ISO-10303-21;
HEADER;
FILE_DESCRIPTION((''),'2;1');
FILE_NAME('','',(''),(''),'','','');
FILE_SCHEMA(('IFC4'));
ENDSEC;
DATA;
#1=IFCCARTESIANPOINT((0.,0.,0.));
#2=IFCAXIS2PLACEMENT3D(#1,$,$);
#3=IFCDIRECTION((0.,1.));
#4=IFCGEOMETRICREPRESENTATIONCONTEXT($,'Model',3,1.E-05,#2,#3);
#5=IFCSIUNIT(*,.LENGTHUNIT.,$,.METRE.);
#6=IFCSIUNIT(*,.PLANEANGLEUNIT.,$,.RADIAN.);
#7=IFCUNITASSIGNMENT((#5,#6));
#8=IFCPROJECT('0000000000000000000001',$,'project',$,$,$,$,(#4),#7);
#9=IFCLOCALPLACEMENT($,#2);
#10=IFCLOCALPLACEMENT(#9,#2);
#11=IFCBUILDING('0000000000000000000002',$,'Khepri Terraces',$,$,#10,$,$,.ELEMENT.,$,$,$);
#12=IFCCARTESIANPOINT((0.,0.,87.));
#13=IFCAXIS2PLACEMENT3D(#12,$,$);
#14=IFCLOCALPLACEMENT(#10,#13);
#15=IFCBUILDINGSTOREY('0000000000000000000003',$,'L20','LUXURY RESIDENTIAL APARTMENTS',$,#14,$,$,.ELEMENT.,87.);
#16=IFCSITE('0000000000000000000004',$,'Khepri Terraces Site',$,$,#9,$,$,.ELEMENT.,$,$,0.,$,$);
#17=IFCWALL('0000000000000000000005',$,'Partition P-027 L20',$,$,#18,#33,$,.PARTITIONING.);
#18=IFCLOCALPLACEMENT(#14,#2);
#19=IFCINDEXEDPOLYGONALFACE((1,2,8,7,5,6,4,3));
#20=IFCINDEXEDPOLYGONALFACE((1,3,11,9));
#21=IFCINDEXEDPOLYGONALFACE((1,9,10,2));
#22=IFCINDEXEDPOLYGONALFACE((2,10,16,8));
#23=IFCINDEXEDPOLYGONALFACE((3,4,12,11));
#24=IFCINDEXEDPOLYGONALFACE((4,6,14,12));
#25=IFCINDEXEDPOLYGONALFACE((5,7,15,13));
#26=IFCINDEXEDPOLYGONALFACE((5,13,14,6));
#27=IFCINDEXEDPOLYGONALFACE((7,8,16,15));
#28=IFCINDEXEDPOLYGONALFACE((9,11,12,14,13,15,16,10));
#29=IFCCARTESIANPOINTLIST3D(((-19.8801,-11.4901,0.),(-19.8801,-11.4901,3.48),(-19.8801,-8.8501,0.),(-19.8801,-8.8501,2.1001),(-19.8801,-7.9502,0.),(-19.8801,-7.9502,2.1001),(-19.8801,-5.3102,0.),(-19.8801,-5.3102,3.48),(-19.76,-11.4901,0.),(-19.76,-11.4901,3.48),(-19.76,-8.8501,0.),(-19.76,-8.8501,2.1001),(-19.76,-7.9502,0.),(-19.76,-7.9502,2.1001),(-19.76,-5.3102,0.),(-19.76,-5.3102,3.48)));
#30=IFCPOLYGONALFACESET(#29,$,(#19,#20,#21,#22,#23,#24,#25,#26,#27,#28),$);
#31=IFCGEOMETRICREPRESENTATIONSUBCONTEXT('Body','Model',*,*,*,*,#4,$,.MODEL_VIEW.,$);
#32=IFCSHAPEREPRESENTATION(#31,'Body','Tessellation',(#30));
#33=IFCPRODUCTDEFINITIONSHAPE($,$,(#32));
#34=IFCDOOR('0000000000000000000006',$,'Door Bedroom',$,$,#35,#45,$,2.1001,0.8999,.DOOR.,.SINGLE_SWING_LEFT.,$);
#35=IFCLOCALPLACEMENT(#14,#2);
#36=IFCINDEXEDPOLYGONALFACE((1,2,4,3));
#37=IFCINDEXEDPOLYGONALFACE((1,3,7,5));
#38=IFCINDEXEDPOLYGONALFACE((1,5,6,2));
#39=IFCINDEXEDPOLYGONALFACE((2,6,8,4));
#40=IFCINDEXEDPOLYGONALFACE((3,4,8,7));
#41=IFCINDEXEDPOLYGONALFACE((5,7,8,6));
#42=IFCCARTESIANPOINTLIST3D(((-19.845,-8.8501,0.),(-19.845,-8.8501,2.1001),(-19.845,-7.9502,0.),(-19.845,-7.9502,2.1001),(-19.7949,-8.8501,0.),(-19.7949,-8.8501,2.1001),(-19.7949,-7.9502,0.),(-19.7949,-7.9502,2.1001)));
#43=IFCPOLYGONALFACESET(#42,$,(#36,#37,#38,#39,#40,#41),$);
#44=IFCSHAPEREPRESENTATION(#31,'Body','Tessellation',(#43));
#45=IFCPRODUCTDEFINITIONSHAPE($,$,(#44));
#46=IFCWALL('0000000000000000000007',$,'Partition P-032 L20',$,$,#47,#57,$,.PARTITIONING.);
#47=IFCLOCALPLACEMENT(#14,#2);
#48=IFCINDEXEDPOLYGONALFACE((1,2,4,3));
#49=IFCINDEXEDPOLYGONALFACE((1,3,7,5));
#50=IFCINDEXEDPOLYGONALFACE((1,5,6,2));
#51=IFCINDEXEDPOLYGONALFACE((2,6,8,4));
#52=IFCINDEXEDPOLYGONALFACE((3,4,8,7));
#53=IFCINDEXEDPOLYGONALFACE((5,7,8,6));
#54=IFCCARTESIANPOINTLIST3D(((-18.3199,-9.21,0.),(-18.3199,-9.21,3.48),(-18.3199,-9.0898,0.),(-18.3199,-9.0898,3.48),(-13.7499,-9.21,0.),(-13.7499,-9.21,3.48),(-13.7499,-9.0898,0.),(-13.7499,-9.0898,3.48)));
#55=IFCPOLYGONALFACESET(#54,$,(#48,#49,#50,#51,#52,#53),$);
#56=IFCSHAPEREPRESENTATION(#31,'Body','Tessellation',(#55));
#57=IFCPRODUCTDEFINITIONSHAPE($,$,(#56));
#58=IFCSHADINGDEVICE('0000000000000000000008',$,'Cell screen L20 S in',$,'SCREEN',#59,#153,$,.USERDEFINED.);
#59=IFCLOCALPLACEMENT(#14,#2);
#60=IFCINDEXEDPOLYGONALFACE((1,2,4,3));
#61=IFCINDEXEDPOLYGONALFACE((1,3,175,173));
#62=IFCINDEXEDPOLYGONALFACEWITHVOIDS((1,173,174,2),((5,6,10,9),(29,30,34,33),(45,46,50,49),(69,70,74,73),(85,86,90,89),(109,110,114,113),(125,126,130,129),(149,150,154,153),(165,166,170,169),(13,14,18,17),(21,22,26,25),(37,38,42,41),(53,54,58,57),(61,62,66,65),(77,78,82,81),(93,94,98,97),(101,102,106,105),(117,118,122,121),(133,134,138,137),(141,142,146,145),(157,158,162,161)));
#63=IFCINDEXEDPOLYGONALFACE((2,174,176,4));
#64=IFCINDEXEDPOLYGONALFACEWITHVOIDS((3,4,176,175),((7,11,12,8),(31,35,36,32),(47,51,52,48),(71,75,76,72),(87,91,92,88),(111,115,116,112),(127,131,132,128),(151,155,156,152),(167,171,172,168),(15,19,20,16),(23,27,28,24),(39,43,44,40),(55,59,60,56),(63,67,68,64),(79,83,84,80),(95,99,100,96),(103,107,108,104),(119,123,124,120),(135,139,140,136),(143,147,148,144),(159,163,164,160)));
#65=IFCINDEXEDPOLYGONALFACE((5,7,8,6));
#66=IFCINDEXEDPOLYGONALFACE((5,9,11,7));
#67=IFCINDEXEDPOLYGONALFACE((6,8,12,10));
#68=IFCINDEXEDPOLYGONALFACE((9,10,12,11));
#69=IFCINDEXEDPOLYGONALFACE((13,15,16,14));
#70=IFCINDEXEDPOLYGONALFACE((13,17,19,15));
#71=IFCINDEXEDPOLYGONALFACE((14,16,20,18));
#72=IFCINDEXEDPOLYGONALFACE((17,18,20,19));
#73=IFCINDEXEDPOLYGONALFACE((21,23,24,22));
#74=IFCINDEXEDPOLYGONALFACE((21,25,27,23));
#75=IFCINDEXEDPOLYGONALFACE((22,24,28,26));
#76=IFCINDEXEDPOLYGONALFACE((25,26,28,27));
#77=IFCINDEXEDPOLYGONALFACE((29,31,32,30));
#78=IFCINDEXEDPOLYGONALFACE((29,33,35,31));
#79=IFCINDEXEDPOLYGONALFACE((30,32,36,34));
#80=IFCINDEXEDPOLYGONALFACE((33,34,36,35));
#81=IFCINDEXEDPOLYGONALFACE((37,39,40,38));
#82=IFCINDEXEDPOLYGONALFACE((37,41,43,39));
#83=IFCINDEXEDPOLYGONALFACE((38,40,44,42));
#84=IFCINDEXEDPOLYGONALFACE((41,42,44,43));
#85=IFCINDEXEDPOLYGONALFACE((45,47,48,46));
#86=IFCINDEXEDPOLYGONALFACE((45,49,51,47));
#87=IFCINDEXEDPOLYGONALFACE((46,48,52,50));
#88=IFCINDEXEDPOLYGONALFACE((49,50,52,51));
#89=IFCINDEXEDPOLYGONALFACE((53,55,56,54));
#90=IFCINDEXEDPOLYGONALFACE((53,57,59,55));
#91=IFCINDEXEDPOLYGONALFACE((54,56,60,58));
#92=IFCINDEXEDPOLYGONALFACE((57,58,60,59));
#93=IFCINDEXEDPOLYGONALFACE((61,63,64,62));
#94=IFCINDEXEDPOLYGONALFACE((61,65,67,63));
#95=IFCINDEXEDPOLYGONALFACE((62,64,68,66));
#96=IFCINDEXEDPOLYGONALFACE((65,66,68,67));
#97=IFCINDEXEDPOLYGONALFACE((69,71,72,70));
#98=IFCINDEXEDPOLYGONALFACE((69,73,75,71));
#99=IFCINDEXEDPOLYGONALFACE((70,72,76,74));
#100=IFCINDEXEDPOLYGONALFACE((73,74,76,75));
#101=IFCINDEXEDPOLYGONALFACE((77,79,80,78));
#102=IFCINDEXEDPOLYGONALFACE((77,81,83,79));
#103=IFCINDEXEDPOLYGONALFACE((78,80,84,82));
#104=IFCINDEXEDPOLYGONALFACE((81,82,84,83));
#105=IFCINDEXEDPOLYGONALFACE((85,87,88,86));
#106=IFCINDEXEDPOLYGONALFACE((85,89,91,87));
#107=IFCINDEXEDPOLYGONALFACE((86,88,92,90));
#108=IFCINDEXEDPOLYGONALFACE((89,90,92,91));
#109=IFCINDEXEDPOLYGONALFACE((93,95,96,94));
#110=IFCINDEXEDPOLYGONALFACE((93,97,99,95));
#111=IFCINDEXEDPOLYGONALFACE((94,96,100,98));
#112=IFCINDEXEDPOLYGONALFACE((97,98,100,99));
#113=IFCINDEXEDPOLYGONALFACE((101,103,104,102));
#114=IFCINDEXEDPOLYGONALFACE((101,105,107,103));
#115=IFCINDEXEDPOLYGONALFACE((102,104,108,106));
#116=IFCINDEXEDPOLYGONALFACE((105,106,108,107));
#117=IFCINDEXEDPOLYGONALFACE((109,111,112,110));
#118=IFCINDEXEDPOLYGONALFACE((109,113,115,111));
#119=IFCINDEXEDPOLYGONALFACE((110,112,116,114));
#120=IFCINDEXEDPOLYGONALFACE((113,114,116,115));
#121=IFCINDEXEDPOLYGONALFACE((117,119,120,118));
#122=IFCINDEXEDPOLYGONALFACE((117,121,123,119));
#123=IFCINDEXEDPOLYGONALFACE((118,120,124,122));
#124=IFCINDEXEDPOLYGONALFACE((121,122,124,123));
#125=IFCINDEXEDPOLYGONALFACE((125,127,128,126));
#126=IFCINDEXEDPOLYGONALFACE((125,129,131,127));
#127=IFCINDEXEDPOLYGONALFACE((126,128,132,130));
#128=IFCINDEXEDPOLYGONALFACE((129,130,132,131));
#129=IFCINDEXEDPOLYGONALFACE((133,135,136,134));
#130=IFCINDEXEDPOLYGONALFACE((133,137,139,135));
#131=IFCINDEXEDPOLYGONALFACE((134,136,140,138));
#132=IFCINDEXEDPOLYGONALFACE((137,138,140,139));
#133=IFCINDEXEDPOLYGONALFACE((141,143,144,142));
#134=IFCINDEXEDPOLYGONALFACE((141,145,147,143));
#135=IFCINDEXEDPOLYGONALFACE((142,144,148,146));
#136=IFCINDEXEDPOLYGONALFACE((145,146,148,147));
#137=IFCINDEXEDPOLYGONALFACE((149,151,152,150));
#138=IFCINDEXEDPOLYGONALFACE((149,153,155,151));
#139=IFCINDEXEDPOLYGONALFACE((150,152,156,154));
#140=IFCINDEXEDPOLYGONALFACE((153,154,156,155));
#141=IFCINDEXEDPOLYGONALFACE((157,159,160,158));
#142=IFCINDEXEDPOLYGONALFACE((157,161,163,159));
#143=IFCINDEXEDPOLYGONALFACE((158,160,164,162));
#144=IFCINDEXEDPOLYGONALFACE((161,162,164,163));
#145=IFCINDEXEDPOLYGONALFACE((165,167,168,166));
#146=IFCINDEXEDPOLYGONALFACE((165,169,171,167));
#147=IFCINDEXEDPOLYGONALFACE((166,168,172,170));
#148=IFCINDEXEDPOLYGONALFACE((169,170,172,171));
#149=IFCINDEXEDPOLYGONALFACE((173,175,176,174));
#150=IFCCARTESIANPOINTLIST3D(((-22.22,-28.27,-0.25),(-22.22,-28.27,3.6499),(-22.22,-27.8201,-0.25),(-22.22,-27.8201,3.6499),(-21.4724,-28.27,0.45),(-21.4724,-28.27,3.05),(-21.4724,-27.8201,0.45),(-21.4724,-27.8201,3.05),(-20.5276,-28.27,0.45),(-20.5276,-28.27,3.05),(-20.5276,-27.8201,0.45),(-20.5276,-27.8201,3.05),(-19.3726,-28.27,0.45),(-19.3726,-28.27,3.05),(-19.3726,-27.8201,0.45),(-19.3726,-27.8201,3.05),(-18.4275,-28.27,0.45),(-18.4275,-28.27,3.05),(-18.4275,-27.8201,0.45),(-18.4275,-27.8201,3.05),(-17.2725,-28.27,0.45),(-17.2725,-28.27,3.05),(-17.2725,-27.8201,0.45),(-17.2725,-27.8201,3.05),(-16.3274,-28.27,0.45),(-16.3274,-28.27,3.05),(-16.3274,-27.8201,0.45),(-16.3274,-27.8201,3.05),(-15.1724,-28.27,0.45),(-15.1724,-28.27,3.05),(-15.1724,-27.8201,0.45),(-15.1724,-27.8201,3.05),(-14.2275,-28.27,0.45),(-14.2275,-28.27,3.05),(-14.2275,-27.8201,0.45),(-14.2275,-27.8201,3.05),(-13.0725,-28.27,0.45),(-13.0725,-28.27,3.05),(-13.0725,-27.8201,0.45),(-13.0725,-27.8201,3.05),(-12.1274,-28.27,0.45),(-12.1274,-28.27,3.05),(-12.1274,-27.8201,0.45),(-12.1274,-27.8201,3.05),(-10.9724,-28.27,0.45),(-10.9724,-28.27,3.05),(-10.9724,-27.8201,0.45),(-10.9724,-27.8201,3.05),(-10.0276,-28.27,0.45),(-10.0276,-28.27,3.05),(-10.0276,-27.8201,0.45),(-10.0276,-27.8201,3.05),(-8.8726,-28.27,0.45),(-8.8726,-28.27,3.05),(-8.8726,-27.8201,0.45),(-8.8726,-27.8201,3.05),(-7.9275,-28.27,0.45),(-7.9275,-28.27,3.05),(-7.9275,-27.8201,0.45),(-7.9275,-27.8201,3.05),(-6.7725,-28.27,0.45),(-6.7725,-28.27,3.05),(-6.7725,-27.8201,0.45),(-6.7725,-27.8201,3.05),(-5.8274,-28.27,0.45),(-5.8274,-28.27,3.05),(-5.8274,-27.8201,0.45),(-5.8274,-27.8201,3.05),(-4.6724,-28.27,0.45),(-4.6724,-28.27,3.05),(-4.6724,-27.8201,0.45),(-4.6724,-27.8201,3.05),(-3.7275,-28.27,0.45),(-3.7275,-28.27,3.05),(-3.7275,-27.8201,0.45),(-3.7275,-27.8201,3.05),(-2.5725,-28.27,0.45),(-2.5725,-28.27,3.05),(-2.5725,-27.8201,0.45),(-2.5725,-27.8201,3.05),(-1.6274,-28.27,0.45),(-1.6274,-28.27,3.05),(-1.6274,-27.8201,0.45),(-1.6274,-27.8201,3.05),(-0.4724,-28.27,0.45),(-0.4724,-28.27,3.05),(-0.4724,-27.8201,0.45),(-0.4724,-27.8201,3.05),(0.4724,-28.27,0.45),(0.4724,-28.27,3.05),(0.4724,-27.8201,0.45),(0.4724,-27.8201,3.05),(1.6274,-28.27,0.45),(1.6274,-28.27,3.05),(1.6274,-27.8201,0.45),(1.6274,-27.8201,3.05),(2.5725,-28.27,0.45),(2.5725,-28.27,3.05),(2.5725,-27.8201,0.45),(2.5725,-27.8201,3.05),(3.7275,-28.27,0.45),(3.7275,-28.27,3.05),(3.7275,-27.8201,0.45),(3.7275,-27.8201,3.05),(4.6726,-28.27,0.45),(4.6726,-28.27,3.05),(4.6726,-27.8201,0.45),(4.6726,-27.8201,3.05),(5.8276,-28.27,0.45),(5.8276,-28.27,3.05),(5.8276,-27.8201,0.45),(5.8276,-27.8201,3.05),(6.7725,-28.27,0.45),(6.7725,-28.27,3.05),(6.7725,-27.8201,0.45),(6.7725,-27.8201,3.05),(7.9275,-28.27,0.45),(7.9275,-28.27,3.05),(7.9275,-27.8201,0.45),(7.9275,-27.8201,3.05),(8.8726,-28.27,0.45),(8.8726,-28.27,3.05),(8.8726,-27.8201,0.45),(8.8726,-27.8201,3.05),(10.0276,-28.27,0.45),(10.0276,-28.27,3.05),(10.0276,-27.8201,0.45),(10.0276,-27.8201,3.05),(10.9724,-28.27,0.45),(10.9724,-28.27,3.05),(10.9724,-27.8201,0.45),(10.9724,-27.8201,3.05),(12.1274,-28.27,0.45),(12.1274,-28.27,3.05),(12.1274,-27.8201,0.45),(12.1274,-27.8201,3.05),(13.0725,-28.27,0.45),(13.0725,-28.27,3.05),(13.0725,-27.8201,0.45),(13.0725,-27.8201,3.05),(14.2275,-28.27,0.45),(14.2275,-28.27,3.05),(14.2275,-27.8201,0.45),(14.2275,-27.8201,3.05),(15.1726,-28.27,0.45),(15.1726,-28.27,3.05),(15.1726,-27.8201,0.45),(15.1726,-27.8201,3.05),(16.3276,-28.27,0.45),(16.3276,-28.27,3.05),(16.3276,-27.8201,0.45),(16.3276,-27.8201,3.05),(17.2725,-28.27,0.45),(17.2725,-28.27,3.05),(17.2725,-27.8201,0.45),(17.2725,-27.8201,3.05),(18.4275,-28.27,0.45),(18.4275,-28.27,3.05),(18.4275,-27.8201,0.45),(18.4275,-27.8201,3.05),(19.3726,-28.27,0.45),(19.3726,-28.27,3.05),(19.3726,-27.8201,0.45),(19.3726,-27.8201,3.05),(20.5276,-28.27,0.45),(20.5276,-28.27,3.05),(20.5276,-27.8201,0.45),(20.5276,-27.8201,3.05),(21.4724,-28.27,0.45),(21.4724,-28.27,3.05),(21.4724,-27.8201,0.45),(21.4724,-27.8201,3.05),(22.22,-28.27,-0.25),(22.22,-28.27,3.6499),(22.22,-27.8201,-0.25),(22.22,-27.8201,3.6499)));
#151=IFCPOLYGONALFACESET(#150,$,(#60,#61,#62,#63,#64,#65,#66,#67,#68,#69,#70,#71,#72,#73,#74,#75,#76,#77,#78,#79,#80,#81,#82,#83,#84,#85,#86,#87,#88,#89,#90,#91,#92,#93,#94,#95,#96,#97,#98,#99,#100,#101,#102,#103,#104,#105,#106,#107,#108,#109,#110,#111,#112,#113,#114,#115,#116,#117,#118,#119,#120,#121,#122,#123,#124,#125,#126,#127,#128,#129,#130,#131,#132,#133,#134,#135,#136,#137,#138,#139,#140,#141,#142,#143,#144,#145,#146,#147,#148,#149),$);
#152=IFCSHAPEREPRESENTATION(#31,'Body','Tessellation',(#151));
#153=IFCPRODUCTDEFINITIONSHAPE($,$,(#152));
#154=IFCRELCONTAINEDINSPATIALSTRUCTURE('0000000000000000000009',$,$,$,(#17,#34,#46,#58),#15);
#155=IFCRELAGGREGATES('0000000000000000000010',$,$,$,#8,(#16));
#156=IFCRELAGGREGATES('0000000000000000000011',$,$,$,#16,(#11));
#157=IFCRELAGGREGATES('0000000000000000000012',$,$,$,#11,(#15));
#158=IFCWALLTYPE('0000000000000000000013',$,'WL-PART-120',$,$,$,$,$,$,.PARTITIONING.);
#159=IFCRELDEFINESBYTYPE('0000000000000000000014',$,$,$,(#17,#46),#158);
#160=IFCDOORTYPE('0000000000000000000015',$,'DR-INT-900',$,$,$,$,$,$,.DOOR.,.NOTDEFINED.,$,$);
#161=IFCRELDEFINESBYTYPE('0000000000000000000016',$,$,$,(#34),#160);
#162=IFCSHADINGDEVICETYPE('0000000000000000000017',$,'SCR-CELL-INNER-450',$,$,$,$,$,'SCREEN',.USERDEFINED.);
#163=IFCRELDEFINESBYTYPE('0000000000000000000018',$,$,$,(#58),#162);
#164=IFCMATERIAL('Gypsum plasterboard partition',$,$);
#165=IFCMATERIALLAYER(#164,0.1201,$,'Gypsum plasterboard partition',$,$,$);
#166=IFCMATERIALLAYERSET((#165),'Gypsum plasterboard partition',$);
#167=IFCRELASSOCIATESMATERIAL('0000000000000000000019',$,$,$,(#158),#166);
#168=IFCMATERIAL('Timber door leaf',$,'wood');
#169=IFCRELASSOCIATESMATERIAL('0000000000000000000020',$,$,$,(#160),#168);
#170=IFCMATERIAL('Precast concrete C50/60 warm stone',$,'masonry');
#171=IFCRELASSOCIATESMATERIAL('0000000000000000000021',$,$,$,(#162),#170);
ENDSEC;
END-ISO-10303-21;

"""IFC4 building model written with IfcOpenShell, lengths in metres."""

from ifc_helpers import new_model, si_unit, direction, frame, frame_2d, origin, place, context, subcontext, project, spatial, polyline, rectangle, outline, extrude, material, layer, layer_set, type_object, element, fill, save


model = new_model("IFC4")

# Units and contexts
model_context = context("Model", 3, precision=1e-05, world=origin(), true_north=direction((0.0, 1.0)))
body_context = subcontext(model_context, "Body", "Model", "MODEL_VIEW")
ifc_project = project(units=[si_unit("LENGTHUNIT", "METRE"), si_unit("PLANEANGLEUNIT", "RADIAN")], contexts=[model_context])

# Site, building, storey
site_placement = place(None, origin())
site = spatial("IfcSite", under=ifc_project, at=site_placement, Name="Khepri Terraces Site", CompositionType="ELEMENT", RefElevation=0.0)
building_placement = place(site_placement, origin())
building = spatial("IfcBuilding", under=site, at=building_placement, Name="Khepri Terraces", CompositionType="ELEMENT")
storey_placement = place(building_placement, frame((0.0, 0.0, 87.0)))
storey = spatial("IfcBuildingStorey", under=building, at=storey_placement, Name="L20", Description="LUXURY RESIDENTIAL APARTMENTS", CompositionType="ELEMENT", Elevation=87.0)

# Shared definitions
ifc_material_1 = material(Name="Precast concrete C50/60 warm stone", Category="masonry")

# Shared definitions
ifc_material_2 = material(Name="Gypsum plasterboard partition")
ifc_layer_1 = layer(ifc_material_2, 0.1201, Name="Gypsum plasterboard partition")
ifc_layer_set_1 = layer_set([ifc_layer_1], Name="Gypsum plasterboard partition")
wall_type_1 = type_object("IfcWallType", Name="WL-PART-120", PredefinedType="PARTITIONING", material=ifc_layer_set_1)
ifc_material_3 = material(Name="Timber door leaf", Category="wood")
door_type_1 = type_object("IfcDoorType", Name="DR-INT-900", OperationType="NOTDEFINED", PredefinedType="DOOR", material=ifc_material_3)

# Wall, opening, door
wall_1_placement = place(storey_placement, frame((-19.8201, -11.49, 0.0), z_axis=(0.0, 0.0, 1.0), x_axis=(0.0, 1.0, 0.0)))
wall_1 = element("IfcWall", 1, at=wall_1_placement, inside=storey, type_object=wall_type_1, Name="Partition P-027 L20", PredefinedType="PARTITIONING", context=body_context, shape_type="SweptSolid", body=[
    extrude(rectangle(XDim=6.1799, YDim=0.1201, at=frame_2d((3.0898, 0.0))), origin(), (0.0, 0.0, 1.0), 3.48),
])
opening_1_placement = place(wall_1_placement, frame((2.6399, 0.0, 0.0)))
opening_1 = element("IfcOpeningElement", 2, at=opening_1_placement, cuts=wall_1, PredefinedType="OPENING", context=body_context, shape_type="SweptSolid", body=[
    extrude(rectangle(XDim=0.8999, YDim=2.1001, at=frame_2d((0.45, 1.05))), frame((0.0, 0.0701, 0.0), z_axis=(0.0, -1.0, 0.0), x_axis=(1.0, 0.0, 0.0)), (0.0, 0.0, 1.0), 0.1401),
])
door_1_placement = place(opening_1_placement, origin())
door_1 = element("IfcDoor", 3, at=door_1_placement, inside=storey, type_object=door_type_1, Name="Door Bedroom", OperationType="SINGLE_SWING_LEFT", OverallHeight=2.1001, OverallWidth=0.8999, PredefinedType="DOOR", context=body_context, shape_type="SweptSolid", body=[
    extrude(rectangle(XDim=0.8999, YDim=2.1001, at=frame_2d((0.45, 1.05))), frame((0.0, 0.0249, 0.0), z_axis=(0.0, -1.0, 0.0), x_axis=(1.0, 0.0, 0.0)), (0.0, 0.0, 1.0), 0.05),
])
fill(opening_1, door_1)

# Wall
wall_2_placement = place(storey_placement, frame((-18.3201, -9.1499, 0.0), z_axis=(0.0, 0.0, 1.0), x_axis=(1.0, 0.0, 0.0)))
element("IfcWall", 4, at=wall_2_placement, inside=storey, type_object=wall_type_1, Name="Partition P-032 L20", PredefinedType="PARTITIONING", context=body_context, shape_type="SweptSolid", body=[
    extrude(rectangle(XDim=4.5701, YDim=0.1201, at=frame_2d((2.2852, 0.0))), origin(), (0.0, 0.0, 1.0), 3.48),
])

# Shading device
shading_device_type_1 = type_object("IfcShadingDeviceType", Name="SCR-CELL-INNER-450", ElementType="SCREEN", PredefinedType="USERDEFINED", material=ifc_material_1)
shading_device_1_placement = place(storey_placement, frame((-22.22, -27.8201, -0.25), z_axis=(0.0, -1.0, 0.0), x_axis=(1.0, 0.0, 0.0)))
element("IfcShadingDevice", 5, at=shading_device_1_placement, inside=storey, type_object=shading_device_type_1, Name="Cell screen L20 S in", ObjectType="SCREEN", PredefinedType="USERDEFINED", context=body_context, shape_type="SweptSolid", body=[
    extrude(outline(polyline([(0.0, 0.0), (44.4399, 0.0), (44.4399, 3.8999), (0.0, 3.8999), (0.0, 0.0)]), holes=[polyline([(0.7476, 0.7), (1.6924, 0.7), (1.6924, 3.3), (0.7476, 3.3), (0.7476, 0.7)]), polyline([(2.8474, 0.7), (3.7925, 0.7), (3.7925, 3.3), (2.8474, 3.3), (2.8474, 0.7)]), polyline([(4.9475, 0.7), (5.8926, 0.7), (5.8926, 3.3), (4.9475, 3.3), (4.9475, 0.7)]), polyline([(7.0476, 0.7), (7.9924, 0.7), (7.9924, 3.3), (7.0476, 3.3), (7.0476, 0.7)]), polyline([(9.1475, 0.7), (10.0925, 0.7), (10.0925, 3.3), (9.1475, 3.3), (9.1475, 0.7)]), polyline([(11.2476, 0.7), (12.1924, 0.7), (12.1924, 3.3), (11.2476, 3.3), (11.2476, 0.7)]), polyline([(13.3474, 0.7), (14.2925, 0.7), (14.2925, 3.3), (13.3474, 3.3), (13.3474, 0.7)]), polyline([(15.4475, 0.7), (16.3926, 0.7), (16.3926, 3.3), (15.4475, 3.3), (15.4475, 0.7)]), polyline([(17.5476, 0.7), (18.4924, 0.7), (18.4924, 3.3), (17.5476, 3.3), (17.5476, 0.7)]), polyline([(19.6475, 0.7), (20.5925, 0.7), (20.5925, 3.3), (19.6475, 3.3), (19.6475, 0.7)]), polyline([(21.7476, 0.7), (22.6924, 0.7), (22.6924, 3.3), (21.7476, 3.3), (21.7476, 0.7)]), polyline([(23.8474, 0.7), (24.7925, 0.7), (24.7925, 3.3), (23.8474, 3.3), (23.8474, 0.7)]), polyline([(25.9475, 0.7), (26.8926, 0.7), (26.8926, 3.3), (25.9475, 3.3), (25.9475, 0.7)]), polyline([(28.0476, 0.7), (28.9924, 0.7), (28.9924, 3.3), (28.0476, 3.3), (28.0476, 0.7)]), polyline([(30.1475, 0.7), (31.0925, 0.7), (31.0925, 3.3), (30.1475, 3.3), (30.1475, 0.7)]), polyline([(32.2476, 0.7), (33.1924, 0.7), (33.1924, 3.3), (32.2476, 3.3), (32.2476, 0.7)]), polyline([(34.3474, 0.7), (35.2925, 0.7), (35.2925, 3.3), (34.3474, 3.3), (34.3474, 0.7)]), polyline([(36.4475, 0.7), (37.3926, 0.7), (37.3926, 3.3), (36.4475, 3.3), (36.4475, 0.7)]), polyline([(38.5476, 0.7), (39.4924, 0.7), (39.4924, 3.3), (38.5476, 3.3), (38.5476, 0.7)]), polyline([(40.6475, 0.7), (41.5925, 0.7), (41.5925, 3.3), (40.6475, 3.3), (40.6475, 0.7)]), polyline([(42.7476, 0.7), (43.6924, 0.7), (43.6924, 3.3), (42.7476, 3.3), (42.7476, 0.7)])]), origin(), (0.0, 0.0, 1.0), 0.45),
])

save(model, "model.ifc")
